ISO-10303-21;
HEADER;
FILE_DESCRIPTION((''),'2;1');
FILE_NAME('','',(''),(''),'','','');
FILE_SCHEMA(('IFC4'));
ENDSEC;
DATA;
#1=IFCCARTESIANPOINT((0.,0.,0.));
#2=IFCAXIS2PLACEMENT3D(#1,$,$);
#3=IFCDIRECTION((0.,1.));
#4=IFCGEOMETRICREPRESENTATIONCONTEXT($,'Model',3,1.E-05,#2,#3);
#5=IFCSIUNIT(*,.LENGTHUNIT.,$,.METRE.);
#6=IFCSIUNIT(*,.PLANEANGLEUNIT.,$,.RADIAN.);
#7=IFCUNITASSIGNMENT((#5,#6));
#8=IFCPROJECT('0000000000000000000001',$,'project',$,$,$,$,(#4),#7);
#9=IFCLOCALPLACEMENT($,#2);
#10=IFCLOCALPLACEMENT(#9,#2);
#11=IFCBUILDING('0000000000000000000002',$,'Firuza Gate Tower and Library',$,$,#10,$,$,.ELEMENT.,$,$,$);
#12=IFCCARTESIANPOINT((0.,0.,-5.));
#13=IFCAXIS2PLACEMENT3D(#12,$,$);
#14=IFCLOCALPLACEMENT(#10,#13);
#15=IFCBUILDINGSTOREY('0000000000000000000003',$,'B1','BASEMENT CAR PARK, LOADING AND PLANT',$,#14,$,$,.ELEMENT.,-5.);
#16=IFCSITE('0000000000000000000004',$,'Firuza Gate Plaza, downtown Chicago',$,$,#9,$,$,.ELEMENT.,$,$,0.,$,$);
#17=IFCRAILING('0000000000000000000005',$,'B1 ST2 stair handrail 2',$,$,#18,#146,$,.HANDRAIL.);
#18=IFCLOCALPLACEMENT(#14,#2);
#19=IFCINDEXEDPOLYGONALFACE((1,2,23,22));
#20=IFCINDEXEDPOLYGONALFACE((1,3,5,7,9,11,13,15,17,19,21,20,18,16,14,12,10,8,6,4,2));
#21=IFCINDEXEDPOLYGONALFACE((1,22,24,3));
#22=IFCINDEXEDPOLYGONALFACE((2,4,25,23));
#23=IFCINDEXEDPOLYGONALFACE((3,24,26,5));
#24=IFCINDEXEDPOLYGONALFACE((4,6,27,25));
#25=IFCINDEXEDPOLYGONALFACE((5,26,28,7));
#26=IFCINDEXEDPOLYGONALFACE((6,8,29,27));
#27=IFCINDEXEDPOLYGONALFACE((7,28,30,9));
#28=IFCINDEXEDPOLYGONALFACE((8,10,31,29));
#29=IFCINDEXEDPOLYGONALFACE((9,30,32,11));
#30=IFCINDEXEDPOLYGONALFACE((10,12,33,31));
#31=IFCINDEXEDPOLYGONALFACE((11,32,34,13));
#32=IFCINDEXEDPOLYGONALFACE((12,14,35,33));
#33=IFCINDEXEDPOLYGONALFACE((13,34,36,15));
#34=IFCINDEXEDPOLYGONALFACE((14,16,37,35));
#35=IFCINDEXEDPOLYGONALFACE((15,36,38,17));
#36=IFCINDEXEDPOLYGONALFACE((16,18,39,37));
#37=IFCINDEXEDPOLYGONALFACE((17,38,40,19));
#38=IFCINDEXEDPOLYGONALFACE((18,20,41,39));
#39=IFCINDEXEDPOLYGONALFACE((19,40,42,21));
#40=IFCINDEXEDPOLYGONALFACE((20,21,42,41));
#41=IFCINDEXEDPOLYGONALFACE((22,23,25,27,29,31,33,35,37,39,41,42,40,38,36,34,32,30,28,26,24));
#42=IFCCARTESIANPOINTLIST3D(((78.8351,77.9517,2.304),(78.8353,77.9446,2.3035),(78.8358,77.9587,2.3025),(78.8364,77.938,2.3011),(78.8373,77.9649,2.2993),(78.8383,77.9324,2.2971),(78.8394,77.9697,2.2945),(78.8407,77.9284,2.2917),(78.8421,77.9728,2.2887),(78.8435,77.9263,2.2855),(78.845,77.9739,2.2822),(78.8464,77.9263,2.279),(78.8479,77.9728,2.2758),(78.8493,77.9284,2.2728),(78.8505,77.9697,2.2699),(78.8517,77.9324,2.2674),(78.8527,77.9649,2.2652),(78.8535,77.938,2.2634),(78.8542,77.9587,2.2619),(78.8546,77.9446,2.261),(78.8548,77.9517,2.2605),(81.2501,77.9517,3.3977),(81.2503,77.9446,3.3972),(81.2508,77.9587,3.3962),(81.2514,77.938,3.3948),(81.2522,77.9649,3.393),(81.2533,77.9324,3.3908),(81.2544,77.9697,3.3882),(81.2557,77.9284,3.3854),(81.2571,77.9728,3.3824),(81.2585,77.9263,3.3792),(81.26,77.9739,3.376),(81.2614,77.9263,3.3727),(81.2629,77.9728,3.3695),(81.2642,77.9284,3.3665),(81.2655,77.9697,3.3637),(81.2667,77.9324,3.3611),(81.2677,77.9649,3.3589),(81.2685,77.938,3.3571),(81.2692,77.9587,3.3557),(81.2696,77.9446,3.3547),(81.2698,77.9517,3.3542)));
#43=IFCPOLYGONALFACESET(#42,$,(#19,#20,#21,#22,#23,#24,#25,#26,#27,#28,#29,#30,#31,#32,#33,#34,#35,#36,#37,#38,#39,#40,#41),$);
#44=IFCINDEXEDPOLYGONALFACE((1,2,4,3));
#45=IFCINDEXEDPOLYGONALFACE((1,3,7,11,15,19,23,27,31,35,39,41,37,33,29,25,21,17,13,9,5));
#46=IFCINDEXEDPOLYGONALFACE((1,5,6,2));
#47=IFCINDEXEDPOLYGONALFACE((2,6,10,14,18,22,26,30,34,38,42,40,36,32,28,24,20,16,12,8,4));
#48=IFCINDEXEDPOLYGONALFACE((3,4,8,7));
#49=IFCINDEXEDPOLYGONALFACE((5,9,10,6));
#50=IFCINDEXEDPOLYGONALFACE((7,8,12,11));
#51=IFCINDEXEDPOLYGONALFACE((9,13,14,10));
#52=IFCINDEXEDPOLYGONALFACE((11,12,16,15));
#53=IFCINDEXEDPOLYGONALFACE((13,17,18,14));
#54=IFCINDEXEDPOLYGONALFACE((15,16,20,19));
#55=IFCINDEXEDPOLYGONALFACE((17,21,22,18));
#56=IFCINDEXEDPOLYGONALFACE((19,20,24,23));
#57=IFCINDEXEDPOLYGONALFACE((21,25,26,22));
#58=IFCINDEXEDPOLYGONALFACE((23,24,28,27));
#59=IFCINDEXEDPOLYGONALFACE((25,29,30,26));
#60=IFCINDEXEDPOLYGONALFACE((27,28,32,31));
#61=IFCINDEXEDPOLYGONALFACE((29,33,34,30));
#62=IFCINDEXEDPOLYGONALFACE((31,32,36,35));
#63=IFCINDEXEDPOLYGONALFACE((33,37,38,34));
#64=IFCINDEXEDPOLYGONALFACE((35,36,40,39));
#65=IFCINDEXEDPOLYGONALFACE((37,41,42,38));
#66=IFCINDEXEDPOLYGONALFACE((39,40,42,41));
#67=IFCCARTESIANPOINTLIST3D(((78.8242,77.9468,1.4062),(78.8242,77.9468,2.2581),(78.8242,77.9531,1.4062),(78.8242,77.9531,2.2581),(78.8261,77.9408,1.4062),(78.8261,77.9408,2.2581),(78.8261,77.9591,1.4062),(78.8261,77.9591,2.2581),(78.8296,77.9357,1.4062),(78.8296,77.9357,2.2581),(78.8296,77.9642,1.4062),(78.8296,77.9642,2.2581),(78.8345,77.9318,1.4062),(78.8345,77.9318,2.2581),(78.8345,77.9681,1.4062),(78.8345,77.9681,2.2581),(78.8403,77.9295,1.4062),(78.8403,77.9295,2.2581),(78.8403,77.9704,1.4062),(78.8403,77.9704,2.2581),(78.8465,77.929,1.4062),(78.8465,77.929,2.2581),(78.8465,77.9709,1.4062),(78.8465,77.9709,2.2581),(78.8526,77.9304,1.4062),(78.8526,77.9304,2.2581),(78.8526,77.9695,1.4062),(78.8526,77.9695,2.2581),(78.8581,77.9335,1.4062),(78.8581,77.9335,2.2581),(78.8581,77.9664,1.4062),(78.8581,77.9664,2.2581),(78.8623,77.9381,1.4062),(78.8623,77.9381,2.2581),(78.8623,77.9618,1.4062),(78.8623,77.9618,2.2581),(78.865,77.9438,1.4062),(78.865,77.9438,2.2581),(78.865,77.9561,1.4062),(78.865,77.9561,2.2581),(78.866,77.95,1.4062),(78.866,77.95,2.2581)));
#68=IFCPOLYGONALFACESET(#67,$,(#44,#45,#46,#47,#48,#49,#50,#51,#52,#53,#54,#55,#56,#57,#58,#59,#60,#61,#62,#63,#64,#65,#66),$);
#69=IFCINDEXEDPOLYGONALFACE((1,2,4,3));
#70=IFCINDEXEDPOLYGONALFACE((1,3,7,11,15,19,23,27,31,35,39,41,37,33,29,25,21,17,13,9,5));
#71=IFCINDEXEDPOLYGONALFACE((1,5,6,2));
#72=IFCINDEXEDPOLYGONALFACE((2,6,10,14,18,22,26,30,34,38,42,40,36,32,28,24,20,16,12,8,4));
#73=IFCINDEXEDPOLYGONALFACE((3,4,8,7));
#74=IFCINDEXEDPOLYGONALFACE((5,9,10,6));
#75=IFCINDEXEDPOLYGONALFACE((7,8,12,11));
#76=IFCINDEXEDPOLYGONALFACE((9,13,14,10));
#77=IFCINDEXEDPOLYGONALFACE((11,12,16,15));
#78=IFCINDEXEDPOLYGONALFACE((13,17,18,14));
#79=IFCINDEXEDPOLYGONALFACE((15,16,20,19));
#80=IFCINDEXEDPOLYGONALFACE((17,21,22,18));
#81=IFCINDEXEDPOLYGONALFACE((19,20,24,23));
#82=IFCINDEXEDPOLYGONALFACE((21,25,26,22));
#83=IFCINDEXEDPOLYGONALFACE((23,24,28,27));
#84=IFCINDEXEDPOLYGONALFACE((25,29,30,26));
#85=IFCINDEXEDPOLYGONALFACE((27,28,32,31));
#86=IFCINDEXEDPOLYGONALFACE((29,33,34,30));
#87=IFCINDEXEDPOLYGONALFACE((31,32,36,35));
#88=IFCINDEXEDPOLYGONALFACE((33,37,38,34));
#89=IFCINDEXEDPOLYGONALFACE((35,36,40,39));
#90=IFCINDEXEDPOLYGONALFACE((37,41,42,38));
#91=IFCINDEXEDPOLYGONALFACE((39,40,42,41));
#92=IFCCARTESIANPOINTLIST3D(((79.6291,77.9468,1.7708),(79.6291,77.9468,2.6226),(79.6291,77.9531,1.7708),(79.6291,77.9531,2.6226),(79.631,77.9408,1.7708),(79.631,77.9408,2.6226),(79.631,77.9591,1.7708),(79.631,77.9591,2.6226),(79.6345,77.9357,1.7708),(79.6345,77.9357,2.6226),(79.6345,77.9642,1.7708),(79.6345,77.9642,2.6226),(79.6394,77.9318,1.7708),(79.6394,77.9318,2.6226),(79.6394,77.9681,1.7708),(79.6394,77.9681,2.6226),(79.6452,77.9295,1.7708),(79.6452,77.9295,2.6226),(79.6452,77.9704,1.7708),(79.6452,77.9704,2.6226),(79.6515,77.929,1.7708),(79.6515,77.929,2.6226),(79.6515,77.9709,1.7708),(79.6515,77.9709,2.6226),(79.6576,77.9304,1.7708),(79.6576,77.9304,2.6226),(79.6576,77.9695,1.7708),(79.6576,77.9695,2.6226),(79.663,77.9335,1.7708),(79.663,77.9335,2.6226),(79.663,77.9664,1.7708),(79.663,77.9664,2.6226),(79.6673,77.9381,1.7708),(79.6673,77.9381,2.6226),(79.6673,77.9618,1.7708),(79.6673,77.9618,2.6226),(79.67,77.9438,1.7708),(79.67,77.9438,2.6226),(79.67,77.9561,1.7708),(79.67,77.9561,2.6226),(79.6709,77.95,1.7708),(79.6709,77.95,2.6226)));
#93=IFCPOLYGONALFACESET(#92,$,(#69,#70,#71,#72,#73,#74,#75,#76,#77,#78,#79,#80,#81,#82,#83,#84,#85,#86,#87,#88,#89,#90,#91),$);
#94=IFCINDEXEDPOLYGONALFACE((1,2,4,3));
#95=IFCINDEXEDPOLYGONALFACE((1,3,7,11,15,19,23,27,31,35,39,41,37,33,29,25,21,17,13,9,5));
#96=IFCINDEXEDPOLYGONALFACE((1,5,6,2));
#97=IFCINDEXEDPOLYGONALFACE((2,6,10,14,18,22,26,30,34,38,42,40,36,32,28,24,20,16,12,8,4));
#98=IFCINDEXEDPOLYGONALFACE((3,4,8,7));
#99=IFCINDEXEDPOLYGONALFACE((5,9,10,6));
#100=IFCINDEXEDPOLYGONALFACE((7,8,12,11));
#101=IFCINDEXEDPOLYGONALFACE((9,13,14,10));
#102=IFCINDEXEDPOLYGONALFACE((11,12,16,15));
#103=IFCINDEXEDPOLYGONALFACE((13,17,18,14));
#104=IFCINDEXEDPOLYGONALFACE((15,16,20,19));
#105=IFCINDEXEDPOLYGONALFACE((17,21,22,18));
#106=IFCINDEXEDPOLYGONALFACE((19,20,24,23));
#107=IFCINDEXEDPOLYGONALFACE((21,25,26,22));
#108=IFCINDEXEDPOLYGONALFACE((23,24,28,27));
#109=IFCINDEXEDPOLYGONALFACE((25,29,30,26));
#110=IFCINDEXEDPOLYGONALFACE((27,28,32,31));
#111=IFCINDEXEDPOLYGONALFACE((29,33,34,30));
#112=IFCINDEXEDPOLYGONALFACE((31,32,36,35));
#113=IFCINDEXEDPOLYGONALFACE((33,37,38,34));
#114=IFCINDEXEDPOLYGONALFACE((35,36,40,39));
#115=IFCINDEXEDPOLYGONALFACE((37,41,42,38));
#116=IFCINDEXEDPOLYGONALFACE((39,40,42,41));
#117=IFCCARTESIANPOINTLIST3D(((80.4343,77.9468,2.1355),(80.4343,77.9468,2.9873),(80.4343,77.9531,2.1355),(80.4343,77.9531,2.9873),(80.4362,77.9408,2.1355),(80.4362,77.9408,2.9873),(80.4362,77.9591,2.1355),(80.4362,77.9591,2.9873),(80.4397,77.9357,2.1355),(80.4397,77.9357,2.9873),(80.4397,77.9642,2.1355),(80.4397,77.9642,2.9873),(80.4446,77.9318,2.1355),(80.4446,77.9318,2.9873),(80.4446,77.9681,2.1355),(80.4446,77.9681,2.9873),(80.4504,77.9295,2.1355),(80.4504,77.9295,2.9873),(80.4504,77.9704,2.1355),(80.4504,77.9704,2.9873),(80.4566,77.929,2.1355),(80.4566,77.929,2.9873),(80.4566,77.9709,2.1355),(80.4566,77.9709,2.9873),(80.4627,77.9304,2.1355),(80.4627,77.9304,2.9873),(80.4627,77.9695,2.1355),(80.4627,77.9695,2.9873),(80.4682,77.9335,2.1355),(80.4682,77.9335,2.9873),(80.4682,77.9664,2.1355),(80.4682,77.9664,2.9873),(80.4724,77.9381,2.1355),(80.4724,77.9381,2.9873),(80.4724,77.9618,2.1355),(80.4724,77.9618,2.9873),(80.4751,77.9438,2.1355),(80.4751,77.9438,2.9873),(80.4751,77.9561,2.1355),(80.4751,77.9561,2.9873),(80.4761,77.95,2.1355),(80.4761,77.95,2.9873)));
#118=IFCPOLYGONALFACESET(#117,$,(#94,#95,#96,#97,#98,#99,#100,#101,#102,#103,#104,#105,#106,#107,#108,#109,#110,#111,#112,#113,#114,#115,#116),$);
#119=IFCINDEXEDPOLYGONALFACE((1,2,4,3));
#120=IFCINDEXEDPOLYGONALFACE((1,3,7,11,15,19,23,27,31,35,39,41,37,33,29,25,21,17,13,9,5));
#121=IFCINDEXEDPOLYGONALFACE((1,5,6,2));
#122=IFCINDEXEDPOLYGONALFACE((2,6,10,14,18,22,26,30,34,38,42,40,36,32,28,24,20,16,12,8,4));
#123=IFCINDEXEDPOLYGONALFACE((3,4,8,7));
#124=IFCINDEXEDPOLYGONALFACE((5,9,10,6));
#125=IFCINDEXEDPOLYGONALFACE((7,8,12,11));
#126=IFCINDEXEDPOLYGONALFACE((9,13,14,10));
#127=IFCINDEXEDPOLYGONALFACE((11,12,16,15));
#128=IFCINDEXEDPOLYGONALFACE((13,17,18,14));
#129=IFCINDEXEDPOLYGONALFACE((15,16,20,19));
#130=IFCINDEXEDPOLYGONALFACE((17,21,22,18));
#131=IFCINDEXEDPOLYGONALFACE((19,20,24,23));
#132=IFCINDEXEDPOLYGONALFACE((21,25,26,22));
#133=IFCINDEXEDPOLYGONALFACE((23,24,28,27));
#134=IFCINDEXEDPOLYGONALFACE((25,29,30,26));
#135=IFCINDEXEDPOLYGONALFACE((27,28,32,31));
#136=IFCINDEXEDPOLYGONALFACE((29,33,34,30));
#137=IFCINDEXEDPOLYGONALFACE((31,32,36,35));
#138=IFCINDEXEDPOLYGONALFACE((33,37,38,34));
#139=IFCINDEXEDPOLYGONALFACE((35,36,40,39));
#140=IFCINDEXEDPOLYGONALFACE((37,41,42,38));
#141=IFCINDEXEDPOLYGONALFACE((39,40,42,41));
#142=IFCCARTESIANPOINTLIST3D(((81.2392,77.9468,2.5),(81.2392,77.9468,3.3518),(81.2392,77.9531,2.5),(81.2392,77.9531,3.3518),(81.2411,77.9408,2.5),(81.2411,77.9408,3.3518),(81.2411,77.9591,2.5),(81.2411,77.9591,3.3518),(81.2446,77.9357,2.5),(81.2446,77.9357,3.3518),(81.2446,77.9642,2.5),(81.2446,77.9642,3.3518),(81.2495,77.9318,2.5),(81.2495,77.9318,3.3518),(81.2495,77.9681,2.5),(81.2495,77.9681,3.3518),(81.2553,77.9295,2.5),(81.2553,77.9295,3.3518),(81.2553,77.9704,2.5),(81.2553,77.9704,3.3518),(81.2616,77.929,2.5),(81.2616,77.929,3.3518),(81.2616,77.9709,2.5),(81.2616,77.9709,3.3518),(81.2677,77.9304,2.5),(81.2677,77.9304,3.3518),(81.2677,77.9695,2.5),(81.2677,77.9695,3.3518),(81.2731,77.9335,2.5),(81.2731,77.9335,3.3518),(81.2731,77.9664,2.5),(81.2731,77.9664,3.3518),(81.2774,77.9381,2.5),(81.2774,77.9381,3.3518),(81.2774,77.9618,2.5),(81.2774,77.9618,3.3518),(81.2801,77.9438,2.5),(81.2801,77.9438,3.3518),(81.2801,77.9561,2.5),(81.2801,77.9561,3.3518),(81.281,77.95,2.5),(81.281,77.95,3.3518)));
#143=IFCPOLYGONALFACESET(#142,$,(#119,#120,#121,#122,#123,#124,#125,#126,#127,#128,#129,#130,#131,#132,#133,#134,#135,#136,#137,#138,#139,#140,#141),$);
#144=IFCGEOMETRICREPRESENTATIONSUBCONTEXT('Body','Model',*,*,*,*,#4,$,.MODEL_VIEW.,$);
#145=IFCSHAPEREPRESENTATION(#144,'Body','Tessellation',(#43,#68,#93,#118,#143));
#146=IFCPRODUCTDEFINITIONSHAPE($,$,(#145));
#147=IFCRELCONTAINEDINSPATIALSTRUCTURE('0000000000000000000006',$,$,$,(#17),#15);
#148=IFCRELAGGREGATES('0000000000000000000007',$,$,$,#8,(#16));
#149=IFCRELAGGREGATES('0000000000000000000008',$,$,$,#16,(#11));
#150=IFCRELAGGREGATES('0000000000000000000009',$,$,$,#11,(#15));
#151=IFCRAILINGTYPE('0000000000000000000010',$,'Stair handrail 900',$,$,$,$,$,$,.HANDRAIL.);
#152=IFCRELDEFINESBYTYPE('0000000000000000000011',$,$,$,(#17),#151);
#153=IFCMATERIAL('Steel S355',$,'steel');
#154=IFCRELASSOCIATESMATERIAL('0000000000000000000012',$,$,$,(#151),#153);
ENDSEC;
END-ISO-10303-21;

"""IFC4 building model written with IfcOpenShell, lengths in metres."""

from ifc_helpers import new_model, si_unit, direction, frame, origin, origin_2d, place, context, subcontext, project, spatial, circle, extrude, material, type_object, element, save


model = new_model("IFC4")

# Units and contexts
model_context = context("Model", 3, precision=1e-05, world=origin(), true_north=direction((0.0, 1.0)))
body_context = subcontext(model_context, "Body", "Model", "MODEL_VIEW")
ifc_project = project(units=[si_unit("LENGTHUNIT", "METRE"), si_unit("PLANEANGLEUNIT", "RADIAN")], contexts=[model_context])

# Site, building, storey
site_placement = place(None, origin())
site = spatial("IfcSite", under=ifc_project, at=site_placement, Name="Firuza Gate Plaza, downtown Chicago", CompositionType="ELEMENT", RefElevation=0.0)
building_placement = place(site_placement, origin())
building = spatial("IfcBuilding", under=site, at=building_placement, Name="Firuza Gate Tower and Library", CompositionType="ELEMENT")
storey_placement = place(building_placement, frame((0.0, 0.0, -5.0)))
storey = spatial("IfcBuildingStorey", under=building, at=storey_placement, Name="B1", Description="BASEMENT CAR PARK, LOADING AND PLANT", CompositionType="ELEMENT", Elevation=-5.0)

# Railing
ifc_material_1 = material(Name="Steel S355", Category="steel")
railing_type_1 = type_object("IfcRailingType", Name="Stair handrail 900", PredefinedType="HANDRAIL", material=ifc_material_1)
for number, where, name in (
    (1, (78.845, 77.95, 1.4062), "B1 ST2 stair handrail 2"),
):
    element("IfcRailing", number, at=place(storey_placement, frame(where)), inside=storey, type_object=railing_type_1, Name=name, PredefinedType="HANDRAIL", context=body_context, shape_type="SweptSolid", body=[
        extrude(circle(Radius=0.0239, at=origin_2d()), frame((0.0, 0.0, 0.876), z_axis=(0.910933, 0.0, 0.412554), x_axis=(0.0, 1.0, 0.0)), (0.0, 0.0, 1.0), 2.6511),
        extrude(circle(Radius=0.021, at=origin_2d()), origin(), (0.0, 0.0, 1.0), 0.8518),
        extrude(circle(Radius=0.021, at=origin_2d()), frame((0.8049, 0.0, 0.3645)), (0.0, 0.0, 1.0), 0.8518),
        extrude(circle(Radius=0.021, at=origin_2d()), frame((1.6101, 0.0, 0.7292)), (0.0, 0.0, 1.0), 0.8518),
        extrude(circle(Radius=0.021, at=origin_2d()), frame((2.415, 0.0, 1.0938)), (0.0, 0.0, 1.0), 0.8518),
    ])

save(model, "model.ifc")
